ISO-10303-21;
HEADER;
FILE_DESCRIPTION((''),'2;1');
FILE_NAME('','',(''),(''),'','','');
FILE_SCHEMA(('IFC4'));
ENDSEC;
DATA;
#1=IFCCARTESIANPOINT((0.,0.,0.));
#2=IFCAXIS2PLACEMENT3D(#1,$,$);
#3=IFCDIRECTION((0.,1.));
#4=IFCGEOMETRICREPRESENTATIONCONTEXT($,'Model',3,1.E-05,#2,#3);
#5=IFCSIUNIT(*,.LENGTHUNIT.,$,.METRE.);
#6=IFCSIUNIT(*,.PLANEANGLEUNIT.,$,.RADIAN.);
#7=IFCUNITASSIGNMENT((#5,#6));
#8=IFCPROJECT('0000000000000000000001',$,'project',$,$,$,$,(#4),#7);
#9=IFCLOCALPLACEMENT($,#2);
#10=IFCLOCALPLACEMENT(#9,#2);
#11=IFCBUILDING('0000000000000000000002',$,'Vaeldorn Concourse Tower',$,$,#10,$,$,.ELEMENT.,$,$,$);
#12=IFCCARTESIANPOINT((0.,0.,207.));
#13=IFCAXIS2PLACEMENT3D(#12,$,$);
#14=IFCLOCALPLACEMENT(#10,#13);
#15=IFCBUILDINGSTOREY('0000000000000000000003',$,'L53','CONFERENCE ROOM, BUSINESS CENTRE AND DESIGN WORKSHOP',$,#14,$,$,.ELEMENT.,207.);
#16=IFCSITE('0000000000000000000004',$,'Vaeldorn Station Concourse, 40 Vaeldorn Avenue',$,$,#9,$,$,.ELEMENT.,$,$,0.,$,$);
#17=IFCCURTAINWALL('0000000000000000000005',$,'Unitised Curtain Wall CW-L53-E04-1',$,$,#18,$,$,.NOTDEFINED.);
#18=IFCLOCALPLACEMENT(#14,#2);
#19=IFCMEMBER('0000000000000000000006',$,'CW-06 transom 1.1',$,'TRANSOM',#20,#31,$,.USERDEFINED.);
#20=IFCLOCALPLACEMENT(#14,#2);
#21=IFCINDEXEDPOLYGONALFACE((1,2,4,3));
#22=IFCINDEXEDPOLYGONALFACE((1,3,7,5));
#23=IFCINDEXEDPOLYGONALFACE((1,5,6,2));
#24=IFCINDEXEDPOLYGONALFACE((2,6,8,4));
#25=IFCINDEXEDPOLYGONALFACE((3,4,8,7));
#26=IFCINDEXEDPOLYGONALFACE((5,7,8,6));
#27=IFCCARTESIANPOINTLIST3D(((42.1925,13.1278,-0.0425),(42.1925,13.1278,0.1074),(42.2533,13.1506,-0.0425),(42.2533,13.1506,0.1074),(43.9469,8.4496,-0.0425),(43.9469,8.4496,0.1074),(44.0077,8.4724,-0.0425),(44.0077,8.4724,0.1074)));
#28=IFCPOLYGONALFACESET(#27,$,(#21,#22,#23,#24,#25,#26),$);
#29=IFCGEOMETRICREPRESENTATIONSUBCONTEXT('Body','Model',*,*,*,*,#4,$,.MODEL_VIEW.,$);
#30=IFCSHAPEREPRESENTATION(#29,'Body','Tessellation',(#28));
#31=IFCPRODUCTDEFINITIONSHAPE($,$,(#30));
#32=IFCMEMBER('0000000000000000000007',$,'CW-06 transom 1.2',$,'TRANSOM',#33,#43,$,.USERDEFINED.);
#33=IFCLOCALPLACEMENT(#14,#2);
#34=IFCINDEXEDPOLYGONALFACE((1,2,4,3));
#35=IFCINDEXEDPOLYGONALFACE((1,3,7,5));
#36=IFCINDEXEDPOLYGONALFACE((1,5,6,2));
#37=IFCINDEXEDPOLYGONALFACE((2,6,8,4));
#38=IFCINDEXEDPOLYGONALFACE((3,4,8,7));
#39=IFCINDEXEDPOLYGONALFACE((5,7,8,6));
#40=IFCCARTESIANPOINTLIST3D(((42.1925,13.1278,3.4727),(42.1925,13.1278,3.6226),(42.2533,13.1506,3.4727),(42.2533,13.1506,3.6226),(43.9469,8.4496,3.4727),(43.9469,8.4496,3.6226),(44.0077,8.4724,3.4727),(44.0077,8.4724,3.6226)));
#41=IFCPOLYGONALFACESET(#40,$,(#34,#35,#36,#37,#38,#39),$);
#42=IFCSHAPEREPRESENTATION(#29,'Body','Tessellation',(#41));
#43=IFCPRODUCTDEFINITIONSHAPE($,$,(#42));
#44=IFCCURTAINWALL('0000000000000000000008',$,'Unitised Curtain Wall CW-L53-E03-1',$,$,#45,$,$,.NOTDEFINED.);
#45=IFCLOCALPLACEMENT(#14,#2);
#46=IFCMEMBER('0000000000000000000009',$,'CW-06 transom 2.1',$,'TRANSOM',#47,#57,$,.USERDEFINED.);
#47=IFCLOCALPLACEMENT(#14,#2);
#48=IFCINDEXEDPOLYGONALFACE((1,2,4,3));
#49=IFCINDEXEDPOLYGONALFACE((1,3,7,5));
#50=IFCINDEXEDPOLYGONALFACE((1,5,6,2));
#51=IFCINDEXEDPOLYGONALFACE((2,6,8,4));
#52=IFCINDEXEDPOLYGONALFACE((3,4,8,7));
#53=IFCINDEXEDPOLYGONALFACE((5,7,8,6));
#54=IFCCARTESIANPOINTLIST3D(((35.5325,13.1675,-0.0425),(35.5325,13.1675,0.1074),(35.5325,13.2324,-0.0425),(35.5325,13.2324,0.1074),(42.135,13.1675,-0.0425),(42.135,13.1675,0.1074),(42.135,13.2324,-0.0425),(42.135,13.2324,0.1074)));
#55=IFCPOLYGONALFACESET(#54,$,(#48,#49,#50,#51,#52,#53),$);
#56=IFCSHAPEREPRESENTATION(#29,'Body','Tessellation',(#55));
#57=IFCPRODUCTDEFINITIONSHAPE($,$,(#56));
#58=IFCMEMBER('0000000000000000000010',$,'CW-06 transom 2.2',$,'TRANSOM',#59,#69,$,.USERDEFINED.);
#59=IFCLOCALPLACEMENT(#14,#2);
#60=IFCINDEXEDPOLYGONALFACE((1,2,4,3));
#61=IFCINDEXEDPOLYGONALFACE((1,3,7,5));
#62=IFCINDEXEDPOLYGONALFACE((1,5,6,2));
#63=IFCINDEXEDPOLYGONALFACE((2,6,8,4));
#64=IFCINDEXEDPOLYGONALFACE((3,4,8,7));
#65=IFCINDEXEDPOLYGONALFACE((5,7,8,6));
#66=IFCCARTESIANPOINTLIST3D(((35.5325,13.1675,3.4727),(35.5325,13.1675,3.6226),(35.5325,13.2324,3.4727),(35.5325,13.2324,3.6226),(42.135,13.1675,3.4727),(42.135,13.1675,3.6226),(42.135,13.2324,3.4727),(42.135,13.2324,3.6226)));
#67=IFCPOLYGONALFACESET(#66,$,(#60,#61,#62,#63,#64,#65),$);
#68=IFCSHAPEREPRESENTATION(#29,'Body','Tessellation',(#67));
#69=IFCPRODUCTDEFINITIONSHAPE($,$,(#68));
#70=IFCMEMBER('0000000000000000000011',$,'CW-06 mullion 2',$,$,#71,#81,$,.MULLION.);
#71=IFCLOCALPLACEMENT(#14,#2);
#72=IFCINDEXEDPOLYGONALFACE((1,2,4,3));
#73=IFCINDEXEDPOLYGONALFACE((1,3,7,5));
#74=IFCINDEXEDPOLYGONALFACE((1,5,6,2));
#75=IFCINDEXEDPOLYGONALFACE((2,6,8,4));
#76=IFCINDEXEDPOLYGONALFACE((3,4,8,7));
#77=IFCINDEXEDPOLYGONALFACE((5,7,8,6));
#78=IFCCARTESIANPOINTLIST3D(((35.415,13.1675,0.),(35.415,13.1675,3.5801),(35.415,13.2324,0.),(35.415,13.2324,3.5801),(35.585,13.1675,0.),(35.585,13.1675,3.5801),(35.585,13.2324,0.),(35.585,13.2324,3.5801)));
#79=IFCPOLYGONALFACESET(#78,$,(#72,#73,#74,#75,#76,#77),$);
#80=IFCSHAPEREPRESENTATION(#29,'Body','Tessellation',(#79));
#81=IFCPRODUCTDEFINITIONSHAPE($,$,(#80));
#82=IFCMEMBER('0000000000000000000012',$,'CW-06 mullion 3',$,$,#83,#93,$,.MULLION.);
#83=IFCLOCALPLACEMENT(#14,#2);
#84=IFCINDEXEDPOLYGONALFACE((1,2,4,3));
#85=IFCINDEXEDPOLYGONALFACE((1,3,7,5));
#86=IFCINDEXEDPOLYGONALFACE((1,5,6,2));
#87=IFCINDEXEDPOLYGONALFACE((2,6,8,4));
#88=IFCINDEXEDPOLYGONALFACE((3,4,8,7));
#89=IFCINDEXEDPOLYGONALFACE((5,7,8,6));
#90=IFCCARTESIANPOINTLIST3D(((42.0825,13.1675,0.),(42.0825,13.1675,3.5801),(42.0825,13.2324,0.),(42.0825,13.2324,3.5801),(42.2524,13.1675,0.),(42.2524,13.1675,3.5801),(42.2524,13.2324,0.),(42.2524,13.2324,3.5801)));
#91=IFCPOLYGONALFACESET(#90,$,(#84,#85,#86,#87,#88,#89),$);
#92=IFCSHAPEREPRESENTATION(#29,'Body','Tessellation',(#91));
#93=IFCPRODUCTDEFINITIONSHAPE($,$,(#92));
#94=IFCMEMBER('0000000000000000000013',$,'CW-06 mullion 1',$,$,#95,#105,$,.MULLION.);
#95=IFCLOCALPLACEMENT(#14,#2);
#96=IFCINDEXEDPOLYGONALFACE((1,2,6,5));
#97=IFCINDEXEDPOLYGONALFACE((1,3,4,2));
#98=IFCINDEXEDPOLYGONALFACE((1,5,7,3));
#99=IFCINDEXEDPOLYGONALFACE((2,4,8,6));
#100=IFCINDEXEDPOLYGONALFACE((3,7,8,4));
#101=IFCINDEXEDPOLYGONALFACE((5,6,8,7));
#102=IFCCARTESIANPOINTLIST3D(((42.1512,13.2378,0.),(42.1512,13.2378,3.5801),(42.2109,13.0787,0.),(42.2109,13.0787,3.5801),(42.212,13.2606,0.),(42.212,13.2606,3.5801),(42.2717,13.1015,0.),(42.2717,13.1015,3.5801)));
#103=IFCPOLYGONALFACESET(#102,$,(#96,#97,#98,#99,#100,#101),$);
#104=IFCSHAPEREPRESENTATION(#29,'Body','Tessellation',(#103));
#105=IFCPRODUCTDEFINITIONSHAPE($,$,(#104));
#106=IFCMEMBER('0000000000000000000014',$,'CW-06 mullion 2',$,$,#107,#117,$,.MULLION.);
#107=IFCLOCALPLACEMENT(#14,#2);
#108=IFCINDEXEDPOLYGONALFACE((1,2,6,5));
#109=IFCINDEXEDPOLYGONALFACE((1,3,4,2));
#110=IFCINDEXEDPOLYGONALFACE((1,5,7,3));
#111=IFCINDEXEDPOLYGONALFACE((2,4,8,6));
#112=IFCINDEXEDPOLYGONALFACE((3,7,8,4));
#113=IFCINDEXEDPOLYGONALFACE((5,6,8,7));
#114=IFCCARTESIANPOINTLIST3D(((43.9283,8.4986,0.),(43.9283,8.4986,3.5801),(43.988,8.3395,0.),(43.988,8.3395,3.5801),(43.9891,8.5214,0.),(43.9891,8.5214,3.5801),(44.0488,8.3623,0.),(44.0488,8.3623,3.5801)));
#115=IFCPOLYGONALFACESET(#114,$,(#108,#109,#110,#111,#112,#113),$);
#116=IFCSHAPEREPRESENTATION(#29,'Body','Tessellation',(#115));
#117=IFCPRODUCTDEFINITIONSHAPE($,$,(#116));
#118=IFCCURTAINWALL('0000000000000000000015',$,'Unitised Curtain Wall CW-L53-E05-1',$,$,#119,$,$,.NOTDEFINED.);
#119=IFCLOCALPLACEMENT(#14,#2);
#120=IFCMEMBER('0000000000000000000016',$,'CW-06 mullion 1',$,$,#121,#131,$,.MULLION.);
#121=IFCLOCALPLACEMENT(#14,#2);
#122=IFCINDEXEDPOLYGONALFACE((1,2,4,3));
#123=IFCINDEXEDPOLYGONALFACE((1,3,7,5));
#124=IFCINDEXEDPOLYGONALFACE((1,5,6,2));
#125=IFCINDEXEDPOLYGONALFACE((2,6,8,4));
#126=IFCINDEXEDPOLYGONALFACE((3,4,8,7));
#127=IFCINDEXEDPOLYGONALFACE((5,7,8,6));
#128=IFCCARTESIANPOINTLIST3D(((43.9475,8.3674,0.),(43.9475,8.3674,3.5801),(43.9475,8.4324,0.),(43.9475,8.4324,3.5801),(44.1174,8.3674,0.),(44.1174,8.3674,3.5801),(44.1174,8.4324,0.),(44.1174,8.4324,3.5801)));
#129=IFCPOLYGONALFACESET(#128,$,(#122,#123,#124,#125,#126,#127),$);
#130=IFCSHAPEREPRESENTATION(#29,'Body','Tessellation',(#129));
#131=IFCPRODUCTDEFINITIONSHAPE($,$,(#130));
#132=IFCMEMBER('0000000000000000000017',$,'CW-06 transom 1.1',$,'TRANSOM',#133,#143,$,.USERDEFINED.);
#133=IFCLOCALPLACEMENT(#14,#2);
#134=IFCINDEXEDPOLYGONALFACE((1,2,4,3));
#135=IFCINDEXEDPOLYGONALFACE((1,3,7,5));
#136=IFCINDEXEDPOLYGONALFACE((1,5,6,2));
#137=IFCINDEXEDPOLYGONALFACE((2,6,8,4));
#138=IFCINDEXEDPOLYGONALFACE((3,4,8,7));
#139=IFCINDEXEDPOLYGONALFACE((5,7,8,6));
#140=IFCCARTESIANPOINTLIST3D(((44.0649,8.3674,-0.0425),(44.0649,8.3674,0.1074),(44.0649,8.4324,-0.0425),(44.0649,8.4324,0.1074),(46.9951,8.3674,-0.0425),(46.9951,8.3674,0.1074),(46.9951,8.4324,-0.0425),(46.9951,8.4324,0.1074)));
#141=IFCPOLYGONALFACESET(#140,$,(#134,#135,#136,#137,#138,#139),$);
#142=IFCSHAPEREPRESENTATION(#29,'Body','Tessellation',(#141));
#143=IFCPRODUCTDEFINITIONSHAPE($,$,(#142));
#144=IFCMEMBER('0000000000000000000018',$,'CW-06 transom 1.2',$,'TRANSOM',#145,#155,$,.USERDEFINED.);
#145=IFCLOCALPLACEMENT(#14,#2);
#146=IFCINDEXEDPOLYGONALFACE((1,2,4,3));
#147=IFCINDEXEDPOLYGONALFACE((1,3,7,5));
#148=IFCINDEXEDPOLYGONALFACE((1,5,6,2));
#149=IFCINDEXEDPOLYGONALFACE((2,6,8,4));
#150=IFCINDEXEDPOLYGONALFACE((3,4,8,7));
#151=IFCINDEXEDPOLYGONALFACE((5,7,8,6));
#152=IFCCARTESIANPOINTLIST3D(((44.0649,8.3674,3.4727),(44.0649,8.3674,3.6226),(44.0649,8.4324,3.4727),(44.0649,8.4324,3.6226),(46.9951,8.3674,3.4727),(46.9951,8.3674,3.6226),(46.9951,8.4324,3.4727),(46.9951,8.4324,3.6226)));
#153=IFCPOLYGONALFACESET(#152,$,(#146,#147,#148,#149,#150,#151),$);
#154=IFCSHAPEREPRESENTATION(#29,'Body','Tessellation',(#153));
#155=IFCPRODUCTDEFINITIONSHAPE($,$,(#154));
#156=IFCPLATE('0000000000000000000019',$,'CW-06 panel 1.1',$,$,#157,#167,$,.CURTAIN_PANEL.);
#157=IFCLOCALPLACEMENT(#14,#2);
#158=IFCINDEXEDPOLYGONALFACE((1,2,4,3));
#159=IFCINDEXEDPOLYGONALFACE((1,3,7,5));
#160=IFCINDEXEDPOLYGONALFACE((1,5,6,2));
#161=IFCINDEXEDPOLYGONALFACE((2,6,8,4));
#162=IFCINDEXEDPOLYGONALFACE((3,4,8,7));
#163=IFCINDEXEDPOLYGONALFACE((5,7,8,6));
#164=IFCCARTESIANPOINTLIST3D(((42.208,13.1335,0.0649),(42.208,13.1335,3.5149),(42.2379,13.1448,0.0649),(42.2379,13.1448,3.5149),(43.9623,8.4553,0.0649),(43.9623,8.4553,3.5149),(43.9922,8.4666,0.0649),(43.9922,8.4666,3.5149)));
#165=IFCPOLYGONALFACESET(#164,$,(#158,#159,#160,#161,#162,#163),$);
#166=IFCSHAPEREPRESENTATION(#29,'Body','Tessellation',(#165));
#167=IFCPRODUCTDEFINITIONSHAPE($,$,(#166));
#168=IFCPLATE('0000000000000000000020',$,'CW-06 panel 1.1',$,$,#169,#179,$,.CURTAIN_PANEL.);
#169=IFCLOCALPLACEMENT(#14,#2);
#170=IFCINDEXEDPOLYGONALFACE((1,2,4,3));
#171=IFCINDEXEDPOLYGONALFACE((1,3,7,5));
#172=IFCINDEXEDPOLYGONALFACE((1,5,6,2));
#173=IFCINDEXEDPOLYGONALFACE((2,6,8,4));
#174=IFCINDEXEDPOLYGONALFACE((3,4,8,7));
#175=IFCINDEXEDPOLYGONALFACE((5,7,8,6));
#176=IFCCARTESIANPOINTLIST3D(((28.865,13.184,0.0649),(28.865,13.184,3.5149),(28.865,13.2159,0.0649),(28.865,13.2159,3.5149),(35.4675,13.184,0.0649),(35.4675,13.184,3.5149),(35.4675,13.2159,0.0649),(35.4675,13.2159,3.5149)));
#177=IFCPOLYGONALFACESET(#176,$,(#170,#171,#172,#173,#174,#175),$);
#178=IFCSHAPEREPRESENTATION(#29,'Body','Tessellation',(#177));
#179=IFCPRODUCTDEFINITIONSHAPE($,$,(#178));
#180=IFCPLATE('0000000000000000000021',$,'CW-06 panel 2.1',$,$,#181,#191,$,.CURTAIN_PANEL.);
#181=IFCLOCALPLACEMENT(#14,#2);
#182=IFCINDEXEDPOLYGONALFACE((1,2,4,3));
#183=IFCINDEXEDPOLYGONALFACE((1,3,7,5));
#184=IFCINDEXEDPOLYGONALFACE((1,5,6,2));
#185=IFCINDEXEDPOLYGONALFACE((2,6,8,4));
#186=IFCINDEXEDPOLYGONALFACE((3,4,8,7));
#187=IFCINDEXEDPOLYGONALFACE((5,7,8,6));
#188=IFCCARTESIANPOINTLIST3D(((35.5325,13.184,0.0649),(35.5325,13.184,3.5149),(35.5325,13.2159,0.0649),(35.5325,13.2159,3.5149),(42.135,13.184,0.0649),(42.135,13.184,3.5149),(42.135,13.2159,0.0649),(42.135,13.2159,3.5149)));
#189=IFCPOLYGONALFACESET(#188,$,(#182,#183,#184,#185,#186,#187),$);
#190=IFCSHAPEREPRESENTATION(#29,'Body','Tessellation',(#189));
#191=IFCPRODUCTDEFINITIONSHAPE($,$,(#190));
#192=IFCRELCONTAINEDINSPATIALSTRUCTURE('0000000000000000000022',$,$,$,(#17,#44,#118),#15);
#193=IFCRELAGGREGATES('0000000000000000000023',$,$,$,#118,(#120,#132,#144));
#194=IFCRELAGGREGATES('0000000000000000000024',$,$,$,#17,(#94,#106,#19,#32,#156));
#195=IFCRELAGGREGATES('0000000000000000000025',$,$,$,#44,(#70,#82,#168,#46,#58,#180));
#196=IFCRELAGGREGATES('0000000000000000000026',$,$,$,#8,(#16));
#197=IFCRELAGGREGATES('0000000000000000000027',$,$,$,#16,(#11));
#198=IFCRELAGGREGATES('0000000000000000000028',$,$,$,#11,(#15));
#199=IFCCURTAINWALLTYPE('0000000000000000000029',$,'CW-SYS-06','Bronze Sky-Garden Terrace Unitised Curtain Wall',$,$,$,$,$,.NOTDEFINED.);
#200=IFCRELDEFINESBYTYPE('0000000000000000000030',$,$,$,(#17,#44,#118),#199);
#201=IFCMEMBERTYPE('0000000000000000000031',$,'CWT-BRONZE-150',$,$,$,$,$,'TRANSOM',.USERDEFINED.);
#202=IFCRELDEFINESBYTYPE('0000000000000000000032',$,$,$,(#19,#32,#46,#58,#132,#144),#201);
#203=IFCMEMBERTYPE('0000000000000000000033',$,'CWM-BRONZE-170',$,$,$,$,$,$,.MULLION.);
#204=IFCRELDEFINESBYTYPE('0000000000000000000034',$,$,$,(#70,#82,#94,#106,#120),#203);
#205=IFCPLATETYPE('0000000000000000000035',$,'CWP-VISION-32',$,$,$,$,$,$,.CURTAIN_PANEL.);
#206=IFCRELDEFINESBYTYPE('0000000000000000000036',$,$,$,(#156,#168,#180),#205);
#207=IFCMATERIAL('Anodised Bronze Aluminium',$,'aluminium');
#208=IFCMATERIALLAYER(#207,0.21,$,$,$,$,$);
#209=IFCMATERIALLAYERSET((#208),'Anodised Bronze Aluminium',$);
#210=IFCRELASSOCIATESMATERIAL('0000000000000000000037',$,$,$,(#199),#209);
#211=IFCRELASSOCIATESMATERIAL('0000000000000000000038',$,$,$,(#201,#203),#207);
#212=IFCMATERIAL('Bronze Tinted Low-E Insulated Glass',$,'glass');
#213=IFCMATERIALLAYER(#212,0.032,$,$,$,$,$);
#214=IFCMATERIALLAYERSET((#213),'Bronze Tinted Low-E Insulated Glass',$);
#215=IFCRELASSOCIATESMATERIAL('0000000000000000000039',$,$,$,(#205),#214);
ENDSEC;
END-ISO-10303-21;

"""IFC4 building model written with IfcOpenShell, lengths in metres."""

from ifc_helpers import new_model, si_unit, direction, frame, origin, origin_2d, place, context, subcontext, project, spatial, rectangle, extrude, source, transform, mapped, material, layer, layer_set, material_profile, profile_set, type_object, element, aggregate, save


model = new_model("IFC4")

# Units and contexts
model_context = context("Model", 3, precision=1e-05, world=origin(), true_north=direction((0.0, 1.0)))
body_context = subcontext(model_context, "Body", "Model", "MODEL_VIEW")
ifc_project = project(units=[si_unit("LENGTHUNIT", "METRE"), si_unit("PLANEANGLEUNIT", "RADIAN")], contexts=[model_context])

# Site, building, storey
site_placement = place(None, origin())
site = spatial("IfcSite", under=ifc_project, at=site_placement, Name="Vaeldorn Station Concourse, 40 Vaeldorn Avenue", CompositionType="ELEMENT", RefElevation=0.0)
building_placement = place(site_placement, origin())
building = spatial("IfcBuilding", under=site, at=building_placement, Name="Vaeldorn Concourse Tower", CompositionType="ELEMENT")
storey_placement = place(building_placement, frame((0.0, 0.0, 207.0)))
storey = spatial("IfcBuildingStorey", under=building, at=storey_placement, Name="L53", Description="CONFERENCE ROOM, BUSINESS CENTRE AND DESIGN WORKSHOP", CompositionType="ELEMENT", Elevation=207.0)

# Curtain walls, members
ifc_material_1 = material(Name="Anodised Bronze Aluminium", Category="aluminium")
ifc_layer_1 = layer(ifc_material_1, 0.21)
ifc_layer_set_1 = layer_set([ifc_layer_1], Name="Anodised Bronze Aluminium")
curtain_wall_type = type_object("IfcCurtainWallType", Name="CW-SYS-06", Description="Bronze Sky-Garden Terrace Unitised Curtain Wall", PredefinedType="NOTDEFINED", material=ifc_layer_set_1)
curtain_wall_1_placement = place(storey_placement, origin())
curtain_wall_1 = element("IfcCurtainWall", 1, at=curtain_wall_1_placement, inside=storey, type_object=curtain_wall_type, Name="Unitised Curtain Wall CW-L53-E04-1", PredefinedType="NOTDEFINED")
ifc_material_profile_1 = material_profile(ifc_material_1, rectangle(XDim=0.0649, YDim=0.1499, at=origin_2d()), Name="CWT 65x150")
ifc_profile_set_1 = profile_set([ifc_material_profile_1], Name="Anodised Bronze Aluminium")
member_type_1 = type_object("IfcMemberType", Name="CWT-BRONZE-150", ElementType="TRANSOM", PredefinedType="USERDEFINED", material=ifc_profile_set_1)
shared_shape_1 = source(origin(), body_context, "Body", "SweptSolid", [
    extrude(rectangle(XDim=0.0649, YDim=0.1499, at=origin_2d()), origin(), (0.0, 0.0, 1.0), 4.9963),
])
member_1_placement = place(storey_placement, frame((42.2229, 13.1392, 0.0325), z_axis=(0.351134, -0.936325, 0.0), x_axis=(0.936325, 0.351134, 0.0)))
member_1 = element("IfcMember", 2, at=member_1_placement, type_object=member_type_1, Name="CW-06 transom 1.1", ObjectType="TRANSOM", PredefinedType="USERDEFINED", context=body_context, shape_type="MappedRepresentation", body=[
    mapped(shared_shape_1, transform((0.0, 0.0, 0.0), scale=1.0)),
])
member_2_placement = place(storey_placement, frame((42.2229, 13.1392, 3.5476), z_axis=(0.351134, -0.936325, 0.0), x_axis=(0.936325, 0.351134, 0.0)))
member_2 = element("IfcMember", 3, at=member_2_placement, type_object=member_type_1, Name="CW-06 transom 1.2", ObjectType="TRANSOM", PredefinedType="USERDEFINED", context=body_context, shape_type="MappedRepresentation", body=[
    mapped(shared_shape_1, transform((0.0, 0.0, 0.0), scale=1.0)),
])
curtain_wall_2_placement = place(storey_placement, origin())
curtain_wall_2 = element("IfcCurtainWall", 4, at=curtain_wall_2_placement, inside=storey, type_object=curtain_wall_type, Name="Unitised Curtain Wall CW-L53-E03-1", PredefinedType="NOTDEFINED")
shared_shape_2 = source(origin(), body_context, "Body", "SweptSolid", [
    extrude(rectangle(XDim=0.0649, YDim=0.1499, at=origin_2d()), origin(), (0.0, 0.0, 1.0), 6.6025),
])
member_3_placement = place(storey_placement, frame((35.5325, 13.2, 0.0325), z_axis=(1.0, 0.0, 0.0), x_axis=(0.0, 1.0, 0.0)))
member_3 = element("IfcMember", 5, at=member_3_placement, type_object=member_type_1, Name="CW-06 transom 2.1", ObjectType="TRANSOM", PredefinedType="USERDEFINED", context=body_context, shape_type="MappedRepresentation", body=[
    mapped(shared_shape_2, transform((0.0, 0.0, 0.0), scale=1.0)),
])
member_4_placement = place(storey_placement, frame((35.5325, 13.2, 3.5476), z_axis=(1.0, 0.0, 0.0), x_axis=(0.0, 1.0, 0.0)))
member_4 = element("IfcMember", 6, at=member_4_placement, type_object=member_type_1, Name="CW-06 transom 2.2", ObjectType="TRANSOM", PredefinedType="USERDEFINED", context=body_context, shape_type="MappedRepresentation", body=[
    mapped(shared_shape_2, transform((0.0, 0.0, 0.0), scale=1.0)),
])
ifc_material_profile_2 = material_profile(ifc_material_1, rectangle(XDim=0.0649, YDim=0.1699, at=origin_2d()), Name="CWM 65x170")
ifc_profile_set_2 = profile_set([ifc_material_profile_2], Name="Anodised Bronze Aluminium")
member_type_2 = type_object("IfcMemberType", Name="CWM-BRONZE-170", PredefinedType="MULLION", material=ifc_profile_set_2)
shared_shape_3 = source(origin(), body_context, "Body", "SweptSolid", [
    extrude(rectangle(XDim=0.0649, YDim=0.1699, at=origin_2d()), origin(), (0.0, 0.0, 1.0), 3.5801),
])
member_5_placement = place(storey_placement, frame((35.5, 13.2, 0.0), z_axis=(0.0, 0.0, 1.0), x_axis=(0.0, 1.0, 0.0)))
member_5 = element("IfcMember", 7, at=member_5_placement, type_object=member_type_2, Name="CW-06 mullion 2", PredefinedType="MULLION", context=body_context, shape_type="MappedRepresentation", body=[
    mapped(shared_shape_3, transform((0.0, 0.0, 0.0), scale=1.0)),
])
member_6_placement = place(storey_placement, frame((42.1675, 13.2, 0.0), z_axis=(0.0, 0.0, 1.0), x_axis=(0.0, 1.0, 0.0)))
member_6 = element("IfcMember", 8, at=member_6_placement, type_object=member_type_2, Name="CW-06 mullion 3", PredefinedType="MULLION", context=body_context, shape_type="MappedRepresentation", body=[
    mapped(shared_shape_3, transform((0.0, 0.0, 0.0), scale=1.0)),
])

# Members
member_7_placement = place(storey_placement, frame((42.2114, 13.1697, 0.0), z_axis=(0.0, 0.0, 1.0), x_axis=(0.936329, 0.351123, 0.0)))
member_7 = element("IfcMember", 9, at=member_7_placement, type_object=member_type_2, Name="CW-06 mullion 1", PredefinedType="MULLION", context=body_context, shape_type="MappedRepresentation", body=[
    mapped(shared_shape_3, transform((0.0, 0.0, 0.0), scale=1.0)),
])
member_8_placement = place(storey_placement, frame((43.9885, 8.4304, 0.0), z_axis=(0.0, 0.0, 1.0), x_axis=(0.936329, 0.351123, 0.0)))
member_8 = element("IfcMember", 10, at=member_8_placement, type_object=member_type_2, Name="CW-06 mullion 2", PredefinedType="MULLION", context=body_context, shape_type="MappedRepresentation", body=[
    mapped(shared_shape_3, transform((0.0, 0.0, 0.0), scale=1.0)),
])

# Curtain wall, members
curtain_wall_3_placement = place(storey_placement, origin())
curtain_wall_3 = element("IfcCurtainWall", 11, at=curtain_wall_3_placement, inside=storey, type_object=curtain_wall_type, Name="Unitised Curtain Wall CW-L53-E05-1", PredefinedType="NOTDEFINED")
member_9_placement = place(storey_placement, frame((44.0325, 8.3999, 0.0), z_axis=(0.0, 0.0, 1.0), x_axis=(0.0, 1.0, 0.0)))
member_9 = element("IfcMember", 12, at=member_9_placement, type_object=member_type_2, Name="CW-06 mullion 1", PredefinedType="MULLION", context=body_context, shape_type="MappedRepresentation", body=[
    mapped(shared_shape_3, transform((0.0, 0.0, 0.0), scale=1.0)),
])
shared_shape_4 = source(origin(), body_context, "Body", "SweptSolid", [
    extrude(rectangle(XDim=0.0649, YDim=0.1499, at=origin_2d()), origin(), (0.0, 0.0, 1.0), 2.9302),
])
member_10_placement = place(storey_placement, frame((44.0649, 8.3999, 0.0325), z_axis=(1.0, 0.0, 0.0), x_axis=(0.0, 1.0, 0.0)))
member_10 = element("IfcMember", 13, at=member_10_placement, type_object=member_type_1, Name="CW-06 transom 1.1", ObjectType="TRANSOM", PredefinedType="USERDEFINED", context=body_context, shape_type="MappedRepresentation", body=[
    mapped(shared_shape_4, transform((0.0, 0.0, 0.0), scale=1.0)),
])
member_11_placement = place(storey_placement, frame((44.0649, 8.3999, 3.5476), z_axis=(1.0, 0.0, 0.0), x_axis=(0.0, 1.0, 0.0)))
member_11 = element("IfcMember", 14, at=member_11_placement, type_object=member_type_1, Name="CW-06 transom 1.2", ObjectType="TRANSOM", PredefinedType="USERDEFINED", context=body_context, shape_type="MappedRepresentation", body=[
    mapped(shared_shape_4, transform((0.0, 0.0, 0.0), scale=1.0)),
])
aggregate(curtain_wall_3, [member_9, member_10, member_11])

# Plates
ifc_material_2 = material(Name="Bronze Tinted Low-E Insulated Glass", Category="glass")
ifc_layer_2 = layer(ifc_material_2, 0.032)
ifc_layer_set_2 = layer_set([ifc_layer_2], Name="Bronze Tinted Low-E Insulated Glass")
plate_type = type_object("IfcPlateType", Name="CWP-VISION-32", PredefinedType="CURTAIN_PANEL", material=ifc_layer_set_2)
shared_shape_5 = source(origin(), body_context, "Body", "SweptSolid", [
    extrude(rectangle(XDim=4.9963, YDim=0.032, at=origin_2d()), origin(), (0.0, 0.0, 1.0), 3.45),
])
plate_1_placement = place(storey_placement, frame((43.1001, 10.8, 0.0649), z_axis=(0.0, 0.0, 1.0), x_axis=(0.351123, -0.936329, 0.0)))
plate_1 = element("IfcPlate", 15, at=plate_1_placement, type_object=plate_type, Name="CW-06 panel 1.1", PredefinedType="CURTAIN_PANEL", context=body_context, shape_type="MappedRepresentation", body=[
    mapped(shared_shape_5, transform((0.0, 0.0, 0.0), scale=1.0)),
])
aggregate(curtain_wall_1, [member_7, member_8, member_1, member_2, plate_1])
shared_shape_6 = source(origin(), body_context, "Body", "SweptSolid", [
    extrude(rectangle(XDim=6.6025, YDim=0.032, at=origin_2d()), origin(), (0.0, 0.0, 1.0), 3.45),
])
plate_2_placement = place(storey_placement, frame((32.1663, 13.2, 0.0649), z_axis=(0.0, 0.0, 1.0), x_axis=(1.0, 0.0, 0.0)))
plate_2 = element("IfcPlate", 16, at=plate_2_placement, type_object=plate_type, Name="CW-06 panel 1.1", PredefinedType="CURTAIN_PANEL", context=body_context, shape_type="MappedRepresentation", body=[
    mapped(shared_shape_6, transform((0.0, 0.0, 0.0), scale=1.0)),
])
plate_3_placement = place(storey_placement, frame((38.8337, 13.2, 0.0649), z_axis=(0.0, 0.0, 1.0), x_axis=(1.0, 0.0, 0.0)))
plate_3 = element("IfcPlate", 17, at=plate_3_placement, type_object=plate_type, Name="CW-06 panel 2.1", PredefinedType="CURTAIN_PANEL", context=body_context, shape_type="MappedRepresentation", body=[
    mapped(shared_shape_6, transform((0.0, 0.0, 0.0), scale=1.0)),
])
aggregate(curtain_wall_2, [member_5, member_6, plate_2, member_3, member_4, plate_3])

save(model, "model.ifc")
